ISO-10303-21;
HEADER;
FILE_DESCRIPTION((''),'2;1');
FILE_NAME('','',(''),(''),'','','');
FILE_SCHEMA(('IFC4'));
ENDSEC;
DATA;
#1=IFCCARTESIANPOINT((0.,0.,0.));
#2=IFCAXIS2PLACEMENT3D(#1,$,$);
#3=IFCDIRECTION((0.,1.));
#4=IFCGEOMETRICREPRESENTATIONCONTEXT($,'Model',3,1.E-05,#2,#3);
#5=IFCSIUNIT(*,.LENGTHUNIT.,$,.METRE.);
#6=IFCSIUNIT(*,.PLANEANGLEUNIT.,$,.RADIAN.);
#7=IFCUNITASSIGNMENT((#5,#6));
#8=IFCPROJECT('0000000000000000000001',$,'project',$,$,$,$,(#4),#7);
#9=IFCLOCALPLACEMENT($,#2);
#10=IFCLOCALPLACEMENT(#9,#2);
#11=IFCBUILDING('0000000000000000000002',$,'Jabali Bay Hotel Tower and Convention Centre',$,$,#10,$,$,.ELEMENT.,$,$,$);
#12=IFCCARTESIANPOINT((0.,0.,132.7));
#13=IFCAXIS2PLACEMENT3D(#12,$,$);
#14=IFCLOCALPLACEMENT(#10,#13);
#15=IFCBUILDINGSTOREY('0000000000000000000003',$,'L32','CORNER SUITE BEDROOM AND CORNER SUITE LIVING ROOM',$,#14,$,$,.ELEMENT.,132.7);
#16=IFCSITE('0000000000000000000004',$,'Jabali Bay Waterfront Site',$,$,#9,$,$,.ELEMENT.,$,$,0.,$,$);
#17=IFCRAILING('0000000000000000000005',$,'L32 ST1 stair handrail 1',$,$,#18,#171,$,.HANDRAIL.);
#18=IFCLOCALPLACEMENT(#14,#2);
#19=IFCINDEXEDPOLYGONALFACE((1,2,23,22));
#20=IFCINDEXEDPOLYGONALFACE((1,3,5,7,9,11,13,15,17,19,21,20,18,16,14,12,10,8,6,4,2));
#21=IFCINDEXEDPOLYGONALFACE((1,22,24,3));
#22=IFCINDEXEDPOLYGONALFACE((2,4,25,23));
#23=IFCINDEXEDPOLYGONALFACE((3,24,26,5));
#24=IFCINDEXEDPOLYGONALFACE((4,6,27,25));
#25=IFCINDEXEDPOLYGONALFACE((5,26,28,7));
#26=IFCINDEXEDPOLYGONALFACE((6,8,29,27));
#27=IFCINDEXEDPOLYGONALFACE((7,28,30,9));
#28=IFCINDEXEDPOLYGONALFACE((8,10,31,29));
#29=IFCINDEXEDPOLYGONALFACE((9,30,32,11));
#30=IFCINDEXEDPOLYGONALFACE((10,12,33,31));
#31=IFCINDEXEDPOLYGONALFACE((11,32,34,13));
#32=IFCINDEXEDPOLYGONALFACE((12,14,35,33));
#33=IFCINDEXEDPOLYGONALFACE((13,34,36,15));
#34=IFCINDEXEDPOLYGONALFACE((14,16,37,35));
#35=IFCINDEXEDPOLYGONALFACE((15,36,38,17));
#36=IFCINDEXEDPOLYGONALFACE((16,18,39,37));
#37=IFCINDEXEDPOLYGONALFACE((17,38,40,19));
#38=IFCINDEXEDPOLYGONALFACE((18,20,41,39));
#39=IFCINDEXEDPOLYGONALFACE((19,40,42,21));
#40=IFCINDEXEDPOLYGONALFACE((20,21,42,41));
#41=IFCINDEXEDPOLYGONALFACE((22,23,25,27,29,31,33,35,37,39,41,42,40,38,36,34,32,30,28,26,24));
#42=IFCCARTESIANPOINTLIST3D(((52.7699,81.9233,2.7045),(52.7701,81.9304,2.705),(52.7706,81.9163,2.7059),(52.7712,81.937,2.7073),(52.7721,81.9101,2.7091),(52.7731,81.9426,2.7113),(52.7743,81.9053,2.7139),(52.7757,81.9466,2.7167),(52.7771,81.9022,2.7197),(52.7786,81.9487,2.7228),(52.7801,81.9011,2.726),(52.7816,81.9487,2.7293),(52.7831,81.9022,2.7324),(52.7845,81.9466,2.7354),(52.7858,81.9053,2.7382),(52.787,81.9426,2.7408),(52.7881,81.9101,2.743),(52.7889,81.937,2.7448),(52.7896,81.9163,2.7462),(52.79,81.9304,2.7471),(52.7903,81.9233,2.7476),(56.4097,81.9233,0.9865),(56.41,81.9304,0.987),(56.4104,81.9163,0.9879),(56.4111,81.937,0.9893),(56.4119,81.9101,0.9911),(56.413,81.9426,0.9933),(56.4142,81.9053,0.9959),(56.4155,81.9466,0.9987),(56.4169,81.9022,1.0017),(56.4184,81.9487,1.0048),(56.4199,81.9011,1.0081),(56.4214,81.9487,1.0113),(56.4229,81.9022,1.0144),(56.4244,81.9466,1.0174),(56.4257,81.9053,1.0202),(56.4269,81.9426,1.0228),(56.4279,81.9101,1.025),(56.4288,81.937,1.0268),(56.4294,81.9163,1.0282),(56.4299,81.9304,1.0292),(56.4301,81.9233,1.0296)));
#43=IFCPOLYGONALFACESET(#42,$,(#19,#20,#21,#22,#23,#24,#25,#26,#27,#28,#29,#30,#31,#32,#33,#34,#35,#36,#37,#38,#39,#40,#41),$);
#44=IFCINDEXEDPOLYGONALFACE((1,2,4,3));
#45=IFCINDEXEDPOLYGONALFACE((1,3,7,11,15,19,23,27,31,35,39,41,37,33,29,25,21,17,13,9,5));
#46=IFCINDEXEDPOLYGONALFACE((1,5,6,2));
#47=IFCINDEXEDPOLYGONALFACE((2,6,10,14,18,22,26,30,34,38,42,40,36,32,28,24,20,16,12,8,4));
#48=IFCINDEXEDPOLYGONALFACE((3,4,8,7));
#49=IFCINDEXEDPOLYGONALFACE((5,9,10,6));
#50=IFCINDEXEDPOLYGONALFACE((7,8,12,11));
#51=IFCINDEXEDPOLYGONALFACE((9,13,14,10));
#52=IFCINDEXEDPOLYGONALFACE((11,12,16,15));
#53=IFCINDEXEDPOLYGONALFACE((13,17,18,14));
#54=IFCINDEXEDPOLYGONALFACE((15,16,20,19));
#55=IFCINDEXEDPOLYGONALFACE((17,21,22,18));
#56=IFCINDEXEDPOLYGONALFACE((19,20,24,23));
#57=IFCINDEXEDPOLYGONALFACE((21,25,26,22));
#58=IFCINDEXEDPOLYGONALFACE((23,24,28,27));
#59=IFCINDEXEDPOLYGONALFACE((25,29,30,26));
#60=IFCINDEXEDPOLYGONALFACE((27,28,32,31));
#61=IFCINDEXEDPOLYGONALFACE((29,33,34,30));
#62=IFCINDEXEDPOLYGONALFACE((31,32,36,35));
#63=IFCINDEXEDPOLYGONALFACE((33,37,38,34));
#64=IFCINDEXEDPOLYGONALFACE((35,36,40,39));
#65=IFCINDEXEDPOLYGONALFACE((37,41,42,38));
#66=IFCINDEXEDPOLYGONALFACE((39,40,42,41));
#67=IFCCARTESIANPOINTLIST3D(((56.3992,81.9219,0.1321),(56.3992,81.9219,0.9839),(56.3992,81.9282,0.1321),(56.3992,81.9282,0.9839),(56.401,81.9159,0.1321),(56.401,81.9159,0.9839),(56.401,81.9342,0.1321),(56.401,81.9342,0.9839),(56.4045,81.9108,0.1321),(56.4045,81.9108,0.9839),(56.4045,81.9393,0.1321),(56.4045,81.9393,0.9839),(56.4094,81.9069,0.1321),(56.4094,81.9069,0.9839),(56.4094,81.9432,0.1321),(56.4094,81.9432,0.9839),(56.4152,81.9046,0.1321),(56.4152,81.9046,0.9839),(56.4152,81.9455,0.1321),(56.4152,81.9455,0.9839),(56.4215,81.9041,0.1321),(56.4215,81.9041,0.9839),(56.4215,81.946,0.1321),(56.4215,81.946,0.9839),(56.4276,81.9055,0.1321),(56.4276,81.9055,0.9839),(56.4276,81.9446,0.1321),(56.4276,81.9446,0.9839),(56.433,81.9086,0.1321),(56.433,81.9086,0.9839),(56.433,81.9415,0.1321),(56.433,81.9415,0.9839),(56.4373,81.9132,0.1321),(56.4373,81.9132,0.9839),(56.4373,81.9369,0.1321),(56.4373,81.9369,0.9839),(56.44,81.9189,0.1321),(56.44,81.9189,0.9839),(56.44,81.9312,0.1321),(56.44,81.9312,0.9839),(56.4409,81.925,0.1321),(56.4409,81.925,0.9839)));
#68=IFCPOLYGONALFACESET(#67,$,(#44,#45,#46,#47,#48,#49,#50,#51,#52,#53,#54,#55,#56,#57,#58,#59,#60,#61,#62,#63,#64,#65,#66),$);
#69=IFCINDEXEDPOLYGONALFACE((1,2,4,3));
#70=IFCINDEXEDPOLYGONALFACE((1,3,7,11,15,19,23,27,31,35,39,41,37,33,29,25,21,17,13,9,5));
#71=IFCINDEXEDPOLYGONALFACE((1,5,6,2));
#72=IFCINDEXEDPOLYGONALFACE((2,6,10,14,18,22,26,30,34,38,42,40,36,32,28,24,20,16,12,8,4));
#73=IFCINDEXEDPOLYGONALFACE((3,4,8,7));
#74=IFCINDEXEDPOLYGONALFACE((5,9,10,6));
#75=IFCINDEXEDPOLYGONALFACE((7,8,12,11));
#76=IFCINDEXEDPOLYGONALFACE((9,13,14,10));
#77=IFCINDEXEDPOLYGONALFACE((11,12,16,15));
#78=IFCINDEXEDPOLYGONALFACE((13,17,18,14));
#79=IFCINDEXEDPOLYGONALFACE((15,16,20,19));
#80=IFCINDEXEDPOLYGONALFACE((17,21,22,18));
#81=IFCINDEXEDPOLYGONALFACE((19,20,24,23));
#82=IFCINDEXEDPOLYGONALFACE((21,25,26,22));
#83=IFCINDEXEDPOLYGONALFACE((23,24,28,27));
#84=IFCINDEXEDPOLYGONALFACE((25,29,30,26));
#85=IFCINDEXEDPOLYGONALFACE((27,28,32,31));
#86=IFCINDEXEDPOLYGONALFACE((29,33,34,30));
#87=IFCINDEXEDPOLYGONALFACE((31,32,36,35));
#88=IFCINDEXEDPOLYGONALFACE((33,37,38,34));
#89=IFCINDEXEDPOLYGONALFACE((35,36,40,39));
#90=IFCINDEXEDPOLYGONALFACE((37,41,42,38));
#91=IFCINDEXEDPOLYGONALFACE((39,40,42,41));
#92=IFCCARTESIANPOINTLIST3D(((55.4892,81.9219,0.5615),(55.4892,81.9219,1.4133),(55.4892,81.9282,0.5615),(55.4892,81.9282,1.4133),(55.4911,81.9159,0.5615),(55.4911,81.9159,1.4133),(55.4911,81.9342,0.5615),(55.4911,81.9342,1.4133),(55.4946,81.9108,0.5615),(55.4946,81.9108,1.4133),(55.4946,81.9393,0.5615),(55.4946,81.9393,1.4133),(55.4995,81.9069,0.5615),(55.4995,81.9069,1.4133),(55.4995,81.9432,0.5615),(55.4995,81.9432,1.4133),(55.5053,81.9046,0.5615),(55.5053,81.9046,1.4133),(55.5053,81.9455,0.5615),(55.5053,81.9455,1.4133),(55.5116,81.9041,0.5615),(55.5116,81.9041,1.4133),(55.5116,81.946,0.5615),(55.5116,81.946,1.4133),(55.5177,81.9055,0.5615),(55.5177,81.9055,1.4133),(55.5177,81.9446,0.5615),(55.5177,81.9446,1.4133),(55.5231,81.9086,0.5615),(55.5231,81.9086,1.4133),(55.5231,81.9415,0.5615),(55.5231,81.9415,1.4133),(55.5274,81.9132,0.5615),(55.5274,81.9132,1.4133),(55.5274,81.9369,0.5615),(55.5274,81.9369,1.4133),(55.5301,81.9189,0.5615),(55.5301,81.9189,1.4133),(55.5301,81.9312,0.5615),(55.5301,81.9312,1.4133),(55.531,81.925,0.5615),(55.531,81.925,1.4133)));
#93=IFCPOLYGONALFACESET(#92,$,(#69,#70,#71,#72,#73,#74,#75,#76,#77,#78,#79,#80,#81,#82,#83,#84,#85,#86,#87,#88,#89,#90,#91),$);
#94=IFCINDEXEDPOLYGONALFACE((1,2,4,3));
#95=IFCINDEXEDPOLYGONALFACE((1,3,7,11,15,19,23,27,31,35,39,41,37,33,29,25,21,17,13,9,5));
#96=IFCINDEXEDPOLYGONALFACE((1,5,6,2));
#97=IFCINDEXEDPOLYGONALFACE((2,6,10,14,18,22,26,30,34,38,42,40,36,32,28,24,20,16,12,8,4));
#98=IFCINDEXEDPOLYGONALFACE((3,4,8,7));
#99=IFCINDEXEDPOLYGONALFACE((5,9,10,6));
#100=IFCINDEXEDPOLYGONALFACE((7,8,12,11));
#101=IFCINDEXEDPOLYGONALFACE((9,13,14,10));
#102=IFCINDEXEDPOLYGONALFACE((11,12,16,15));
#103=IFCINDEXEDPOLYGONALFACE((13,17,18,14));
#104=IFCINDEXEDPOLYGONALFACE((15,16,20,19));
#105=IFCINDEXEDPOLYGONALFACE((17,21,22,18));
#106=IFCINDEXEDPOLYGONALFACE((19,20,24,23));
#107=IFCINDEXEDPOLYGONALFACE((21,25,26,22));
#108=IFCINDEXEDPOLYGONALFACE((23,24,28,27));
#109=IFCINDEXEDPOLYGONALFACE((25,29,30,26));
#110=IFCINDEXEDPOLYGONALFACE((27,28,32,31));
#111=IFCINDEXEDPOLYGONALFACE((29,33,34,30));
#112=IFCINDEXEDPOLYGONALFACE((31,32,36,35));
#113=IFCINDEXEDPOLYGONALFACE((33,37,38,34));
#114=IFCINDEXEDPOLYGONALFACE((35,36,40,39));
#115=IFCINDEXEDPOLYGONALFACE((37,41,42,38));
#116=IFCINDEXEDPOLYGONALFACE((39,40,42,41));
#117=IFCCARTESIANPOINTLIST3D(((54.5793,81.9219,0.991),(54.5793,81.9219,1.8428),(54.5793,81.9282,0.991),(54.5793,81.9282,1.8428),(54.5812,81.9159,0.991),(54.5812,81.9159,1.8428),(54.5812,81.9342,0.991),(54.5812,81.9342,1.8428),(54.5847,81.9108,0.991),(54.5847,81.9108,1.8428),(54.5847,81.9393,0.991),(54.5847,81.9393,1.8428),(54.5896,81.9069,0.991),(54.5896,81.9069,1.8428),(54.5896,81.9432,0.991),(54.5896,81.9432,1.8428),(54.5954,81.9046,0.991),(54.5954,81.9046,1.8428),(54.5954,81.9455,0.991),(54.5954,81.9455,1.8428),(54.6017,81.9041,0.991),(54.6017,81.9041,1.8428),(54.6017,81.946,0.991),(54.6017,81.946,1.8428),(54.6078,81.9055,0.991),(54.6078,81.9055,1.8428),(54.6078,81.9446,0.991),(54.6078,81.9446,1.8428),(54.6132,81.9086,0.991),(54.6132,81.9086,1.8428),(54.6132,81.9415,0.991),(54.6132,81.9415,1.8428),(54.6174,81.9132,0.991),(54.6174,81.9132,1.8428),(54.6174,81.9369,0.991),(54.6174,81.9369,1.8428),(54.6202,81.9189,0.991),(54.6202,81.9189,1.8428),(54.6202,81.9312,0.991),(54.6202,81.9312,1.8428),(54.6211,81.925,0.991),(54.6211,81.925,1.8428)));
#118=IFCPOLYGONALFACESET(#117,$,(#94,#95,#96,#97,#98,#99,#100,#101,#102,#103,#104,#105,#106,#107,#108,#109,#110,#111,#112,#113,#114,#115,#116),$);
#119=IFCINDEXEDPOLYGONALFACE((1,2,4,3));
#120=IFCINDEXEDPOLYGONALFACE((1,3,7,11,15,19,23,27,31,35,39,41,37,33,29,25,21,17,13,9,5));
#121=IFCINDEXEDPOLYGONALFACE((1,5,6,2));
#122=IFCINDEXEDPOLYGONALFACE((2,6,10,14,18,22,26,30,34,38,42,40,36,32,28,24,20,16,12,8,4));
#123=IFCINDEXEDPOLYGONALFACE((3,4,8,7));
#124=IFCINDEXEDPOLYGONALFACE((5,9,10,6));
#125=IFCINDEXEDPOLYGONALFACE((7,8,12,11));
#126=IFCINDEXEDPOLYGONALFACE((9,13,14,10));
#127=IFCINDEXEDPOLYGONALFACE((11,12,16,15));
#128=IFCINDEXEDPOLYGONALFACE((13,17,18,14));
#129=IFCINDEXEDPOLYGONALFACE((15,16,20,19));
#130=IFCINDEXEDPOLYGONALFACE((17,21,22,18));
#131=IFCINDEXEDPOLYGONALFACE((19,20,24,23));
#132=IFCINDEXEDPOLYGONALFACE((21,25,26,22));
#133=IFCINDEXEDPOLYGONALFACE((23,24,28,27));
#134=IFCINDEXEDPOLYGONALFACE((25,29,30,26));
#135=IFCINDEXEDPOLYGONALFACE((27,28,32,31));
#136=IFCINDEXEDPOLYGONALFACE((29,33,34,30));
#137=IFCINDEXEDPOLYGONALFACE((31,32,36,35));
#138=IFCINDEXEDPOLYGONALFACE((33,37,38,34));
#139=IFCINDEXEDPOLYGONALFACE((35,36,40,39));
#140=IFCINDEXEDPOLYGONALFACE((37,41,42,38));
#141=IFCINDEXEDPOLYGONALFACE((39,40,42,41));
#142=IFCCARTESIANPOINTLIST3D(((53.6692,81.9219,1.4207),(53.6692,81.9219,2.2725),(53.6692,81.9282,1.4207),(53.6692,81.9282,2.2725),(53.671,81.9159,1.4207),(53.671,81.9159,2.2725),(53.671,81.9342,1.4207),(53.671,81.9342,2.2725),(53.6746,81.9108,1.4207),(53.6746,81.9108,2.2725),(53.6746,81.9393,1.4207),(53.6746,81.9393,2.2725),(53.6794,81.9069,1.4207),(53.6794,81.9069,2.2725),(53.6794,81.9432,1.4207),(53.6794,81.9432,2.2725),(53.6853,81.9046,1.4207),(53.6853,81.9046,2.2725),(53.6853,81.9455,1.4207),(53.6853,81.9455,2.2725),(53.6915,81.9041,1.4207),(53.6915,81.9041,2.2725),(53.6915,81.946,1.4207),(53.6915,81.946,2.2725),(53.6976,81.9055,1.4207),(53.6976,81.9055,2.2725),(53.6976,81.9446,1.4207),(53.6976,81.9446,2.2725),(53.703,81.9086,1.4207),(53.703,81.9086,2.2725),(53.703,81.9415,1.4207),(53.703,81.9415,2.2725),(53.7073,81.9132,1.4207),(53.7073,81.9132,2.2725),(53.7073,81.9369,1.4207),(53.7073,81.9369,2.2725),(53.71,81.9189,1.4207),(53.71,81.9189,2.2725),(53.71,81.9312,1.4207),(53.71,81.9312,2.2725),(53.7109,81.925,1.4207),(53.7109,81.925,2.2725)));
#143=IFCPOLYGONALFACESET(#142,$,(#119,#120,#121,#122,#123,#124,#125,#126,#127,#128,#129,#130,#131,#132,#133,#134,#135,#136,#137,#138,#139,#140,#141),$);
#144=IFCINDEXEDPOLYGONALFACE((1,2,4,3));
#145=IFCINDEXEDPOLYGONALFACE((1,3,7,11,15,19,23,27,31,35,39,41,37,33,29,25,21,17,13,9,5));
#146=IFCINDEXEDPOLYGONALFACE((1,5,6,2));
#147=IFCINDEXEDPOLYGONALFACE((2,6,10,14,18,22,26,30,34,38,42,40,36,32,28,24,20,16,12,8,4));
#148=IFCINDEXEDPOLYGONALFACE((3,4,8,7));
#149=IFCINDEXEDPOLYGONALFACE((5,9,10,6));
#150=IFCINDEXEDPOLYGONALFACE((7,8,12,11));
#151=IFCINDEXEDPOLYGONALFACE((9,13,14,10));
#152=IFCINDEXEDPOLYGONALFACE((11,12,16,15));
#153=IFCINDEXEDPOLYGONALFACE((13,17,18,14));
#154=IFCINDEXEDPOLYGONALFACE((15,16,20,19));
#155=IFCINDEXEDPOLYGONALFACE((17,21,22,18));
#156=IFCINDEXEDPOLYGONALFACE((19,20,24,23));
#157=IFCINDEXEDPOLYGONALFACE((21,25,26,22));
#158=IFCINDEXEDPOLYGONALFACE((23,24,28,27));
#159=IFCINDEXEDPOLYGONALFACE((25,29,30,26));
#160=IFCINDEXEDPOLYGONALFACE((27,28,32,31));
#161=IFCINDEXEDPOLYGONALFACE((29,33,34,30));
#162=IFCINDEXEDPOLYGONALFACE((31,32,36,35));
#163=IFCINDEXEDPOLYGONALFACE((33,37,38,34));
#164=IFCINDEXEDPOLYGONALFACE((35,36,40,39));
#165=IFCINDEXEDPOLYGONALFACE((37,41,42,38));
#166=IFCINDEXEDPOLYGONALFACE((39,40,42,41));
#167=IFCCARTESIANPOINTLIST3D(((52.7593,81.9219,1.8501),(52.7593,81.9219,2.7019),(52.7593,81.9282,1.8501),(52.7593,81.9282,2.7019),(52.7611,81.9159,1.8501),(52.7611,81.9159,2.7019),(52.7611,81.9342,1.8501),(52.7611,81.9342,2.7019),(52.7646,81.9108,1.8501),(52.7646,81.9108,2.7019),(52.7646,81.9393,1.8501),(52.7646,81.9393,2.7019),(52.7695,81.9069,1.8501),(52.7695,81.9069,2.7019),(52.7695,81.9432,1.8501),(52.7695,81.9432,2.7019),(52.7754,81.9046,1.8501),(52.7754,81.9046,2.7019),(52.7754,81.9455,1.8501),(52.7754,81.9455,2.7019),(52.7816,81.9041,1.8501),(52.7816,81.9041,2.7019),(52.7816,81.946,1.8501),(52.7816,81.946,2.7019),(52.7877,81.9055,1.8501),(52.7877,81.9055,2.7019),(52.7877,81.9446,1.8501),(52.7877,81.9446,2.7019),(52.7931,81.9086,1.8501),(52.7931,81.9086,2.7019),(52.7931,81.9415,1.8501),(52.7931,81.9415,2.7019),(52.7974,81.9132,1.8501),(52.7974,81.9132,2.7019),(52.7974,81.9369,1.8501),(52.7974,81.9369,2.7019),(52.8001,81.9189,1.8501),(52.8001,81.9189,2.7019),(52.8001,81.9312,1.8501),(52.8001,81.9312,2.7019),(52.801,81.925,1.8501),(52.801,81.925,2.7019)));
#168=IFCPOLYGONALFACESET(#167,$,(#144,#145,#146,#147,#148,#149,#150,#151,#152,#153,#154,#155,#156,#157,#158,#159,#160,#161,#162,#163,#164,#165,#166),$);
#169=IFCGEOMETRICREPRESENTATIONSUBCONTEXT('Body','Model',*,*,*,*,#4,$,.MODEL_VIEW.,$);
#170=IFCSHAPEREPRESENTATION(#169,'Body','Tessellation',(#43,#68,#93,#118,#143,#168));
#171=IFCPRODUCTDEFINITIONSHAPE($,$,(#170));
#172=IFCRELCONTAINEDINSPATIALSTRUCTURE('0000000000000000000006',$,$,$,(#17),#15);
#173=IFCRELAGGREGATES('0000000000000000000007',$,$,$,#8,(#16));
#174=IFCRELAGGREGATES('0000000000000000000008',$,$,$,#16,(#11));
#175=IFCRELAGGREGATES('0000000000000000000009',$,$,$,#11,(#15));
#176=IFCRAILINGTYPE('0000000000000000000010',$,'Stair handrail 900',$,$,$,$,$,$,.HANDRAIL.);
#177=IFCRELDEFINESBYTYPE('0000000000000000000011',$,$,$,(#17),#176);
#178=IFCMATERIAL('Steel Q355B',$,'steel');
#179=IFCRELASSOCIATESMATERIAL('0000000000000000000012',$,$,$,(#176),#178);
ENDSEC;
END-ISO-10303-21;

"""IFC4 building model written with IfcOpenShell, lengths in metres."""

from ifc_helpers import new_model, si_unit, direction, frame, origin, origin_2d, place, context, subcontext, project, spatial, circle, extrude, material, type_object, element, save


model = new_model("IFC4")

# Units and contexts
model_context = context("Model", 3, precision=1e-05, world=origin(), true_north=direction((0.0, 1.0)))
body_context = subcontext(model_context, "Body", "Model", "MODEL_VIEW")
ifc_project = project(units=[si_unit("LENGTHUNIT", "METRE"), si_unit("PLANEANGLEUNIT", "RADIAN")], contexts=[model_context])

# Site, building, storey
site_placement = place(None, origin())
site = spatial("IfcSite", under=ifc_project, at=site_placement, Name="Jabali Bay Waterfront Site", CompositionType="ELEMENT", RefElevation=0.0)
building_placement = place(site_placement, origin())
building = spatial("IfcBuilding", under=site, at=building_placement, Name="Jabali Bay Hotel Tower and Convention Centre", CompositionType="ELEMENT")
storey_placement = place(building_placement, frame((0.0, 0.0, 132.7)))
storey = spatial("IfcBuildingStorey", under=building, at=storey_placement, Name="L32", Description="CORNER SUITE BEDROOM AND CORNER SUITE LIVING ROOM", CompositionType="ELEMENT", Elevation=132.7)

# Railing
ifc_material_1 = material(Name="Steel Q355B", Category="steel")
railing_type_1 = type_object("IfcRailingType", Name="Stair handrail 900", PredefinedType="HANDRAIL", material=ifc_material_1)
railing_1_placement = place(storey_placement, frame((56.4199, 81.925, 0.1321)))
element("IfcRailing", 1, at=railing_1_placement, inside=storey, type_object=railing_type_1, Name="L32 ST1 stair handrail 1", PredefinedType="HANDRAIL", context=body_context, shape_type="SweptSolid", body=[
    extrude(circle(Radius=0.0239, at=origin_2d()), frame((0.0, 0.0, 0.876), z_axis=(-0.904327, 0.0, 0.42684), x_axis=(0.0, -1.0, 0.0)), (0.0, 0.0, 1.0), 4.0249),
    extrude(circle(Radius=0.021, at=origin_2d()), origin(), (0.0, 0.0, 1.0), 0.8518),
    extrude(circle(Radius=0.021, at=origin_2d()), frame((-0.9099, 0.0, 0.4294)), (0.0, 0.0, 1.0), 0.8518),
    extrude(circle(Radius=0.021, at=origin_2d()), frame((-1.8198, 0.0, 0.8589)), (0.0, 0.0, 1.0), 0.8518),
    extrude(circle(Radius=0.021, at=origin_2d()), frame((-2.73, 0.0, 1.2886)), (0.0, 0.0, 1.0), 0.8518),
    extrude(circle(Radius=0.021, at=origin_2d()), frame((-3.6399, 0.0, 1.718)), (0.0, 0.0, 1.0), 0.8518),
])

save(model, "model.ifc")
